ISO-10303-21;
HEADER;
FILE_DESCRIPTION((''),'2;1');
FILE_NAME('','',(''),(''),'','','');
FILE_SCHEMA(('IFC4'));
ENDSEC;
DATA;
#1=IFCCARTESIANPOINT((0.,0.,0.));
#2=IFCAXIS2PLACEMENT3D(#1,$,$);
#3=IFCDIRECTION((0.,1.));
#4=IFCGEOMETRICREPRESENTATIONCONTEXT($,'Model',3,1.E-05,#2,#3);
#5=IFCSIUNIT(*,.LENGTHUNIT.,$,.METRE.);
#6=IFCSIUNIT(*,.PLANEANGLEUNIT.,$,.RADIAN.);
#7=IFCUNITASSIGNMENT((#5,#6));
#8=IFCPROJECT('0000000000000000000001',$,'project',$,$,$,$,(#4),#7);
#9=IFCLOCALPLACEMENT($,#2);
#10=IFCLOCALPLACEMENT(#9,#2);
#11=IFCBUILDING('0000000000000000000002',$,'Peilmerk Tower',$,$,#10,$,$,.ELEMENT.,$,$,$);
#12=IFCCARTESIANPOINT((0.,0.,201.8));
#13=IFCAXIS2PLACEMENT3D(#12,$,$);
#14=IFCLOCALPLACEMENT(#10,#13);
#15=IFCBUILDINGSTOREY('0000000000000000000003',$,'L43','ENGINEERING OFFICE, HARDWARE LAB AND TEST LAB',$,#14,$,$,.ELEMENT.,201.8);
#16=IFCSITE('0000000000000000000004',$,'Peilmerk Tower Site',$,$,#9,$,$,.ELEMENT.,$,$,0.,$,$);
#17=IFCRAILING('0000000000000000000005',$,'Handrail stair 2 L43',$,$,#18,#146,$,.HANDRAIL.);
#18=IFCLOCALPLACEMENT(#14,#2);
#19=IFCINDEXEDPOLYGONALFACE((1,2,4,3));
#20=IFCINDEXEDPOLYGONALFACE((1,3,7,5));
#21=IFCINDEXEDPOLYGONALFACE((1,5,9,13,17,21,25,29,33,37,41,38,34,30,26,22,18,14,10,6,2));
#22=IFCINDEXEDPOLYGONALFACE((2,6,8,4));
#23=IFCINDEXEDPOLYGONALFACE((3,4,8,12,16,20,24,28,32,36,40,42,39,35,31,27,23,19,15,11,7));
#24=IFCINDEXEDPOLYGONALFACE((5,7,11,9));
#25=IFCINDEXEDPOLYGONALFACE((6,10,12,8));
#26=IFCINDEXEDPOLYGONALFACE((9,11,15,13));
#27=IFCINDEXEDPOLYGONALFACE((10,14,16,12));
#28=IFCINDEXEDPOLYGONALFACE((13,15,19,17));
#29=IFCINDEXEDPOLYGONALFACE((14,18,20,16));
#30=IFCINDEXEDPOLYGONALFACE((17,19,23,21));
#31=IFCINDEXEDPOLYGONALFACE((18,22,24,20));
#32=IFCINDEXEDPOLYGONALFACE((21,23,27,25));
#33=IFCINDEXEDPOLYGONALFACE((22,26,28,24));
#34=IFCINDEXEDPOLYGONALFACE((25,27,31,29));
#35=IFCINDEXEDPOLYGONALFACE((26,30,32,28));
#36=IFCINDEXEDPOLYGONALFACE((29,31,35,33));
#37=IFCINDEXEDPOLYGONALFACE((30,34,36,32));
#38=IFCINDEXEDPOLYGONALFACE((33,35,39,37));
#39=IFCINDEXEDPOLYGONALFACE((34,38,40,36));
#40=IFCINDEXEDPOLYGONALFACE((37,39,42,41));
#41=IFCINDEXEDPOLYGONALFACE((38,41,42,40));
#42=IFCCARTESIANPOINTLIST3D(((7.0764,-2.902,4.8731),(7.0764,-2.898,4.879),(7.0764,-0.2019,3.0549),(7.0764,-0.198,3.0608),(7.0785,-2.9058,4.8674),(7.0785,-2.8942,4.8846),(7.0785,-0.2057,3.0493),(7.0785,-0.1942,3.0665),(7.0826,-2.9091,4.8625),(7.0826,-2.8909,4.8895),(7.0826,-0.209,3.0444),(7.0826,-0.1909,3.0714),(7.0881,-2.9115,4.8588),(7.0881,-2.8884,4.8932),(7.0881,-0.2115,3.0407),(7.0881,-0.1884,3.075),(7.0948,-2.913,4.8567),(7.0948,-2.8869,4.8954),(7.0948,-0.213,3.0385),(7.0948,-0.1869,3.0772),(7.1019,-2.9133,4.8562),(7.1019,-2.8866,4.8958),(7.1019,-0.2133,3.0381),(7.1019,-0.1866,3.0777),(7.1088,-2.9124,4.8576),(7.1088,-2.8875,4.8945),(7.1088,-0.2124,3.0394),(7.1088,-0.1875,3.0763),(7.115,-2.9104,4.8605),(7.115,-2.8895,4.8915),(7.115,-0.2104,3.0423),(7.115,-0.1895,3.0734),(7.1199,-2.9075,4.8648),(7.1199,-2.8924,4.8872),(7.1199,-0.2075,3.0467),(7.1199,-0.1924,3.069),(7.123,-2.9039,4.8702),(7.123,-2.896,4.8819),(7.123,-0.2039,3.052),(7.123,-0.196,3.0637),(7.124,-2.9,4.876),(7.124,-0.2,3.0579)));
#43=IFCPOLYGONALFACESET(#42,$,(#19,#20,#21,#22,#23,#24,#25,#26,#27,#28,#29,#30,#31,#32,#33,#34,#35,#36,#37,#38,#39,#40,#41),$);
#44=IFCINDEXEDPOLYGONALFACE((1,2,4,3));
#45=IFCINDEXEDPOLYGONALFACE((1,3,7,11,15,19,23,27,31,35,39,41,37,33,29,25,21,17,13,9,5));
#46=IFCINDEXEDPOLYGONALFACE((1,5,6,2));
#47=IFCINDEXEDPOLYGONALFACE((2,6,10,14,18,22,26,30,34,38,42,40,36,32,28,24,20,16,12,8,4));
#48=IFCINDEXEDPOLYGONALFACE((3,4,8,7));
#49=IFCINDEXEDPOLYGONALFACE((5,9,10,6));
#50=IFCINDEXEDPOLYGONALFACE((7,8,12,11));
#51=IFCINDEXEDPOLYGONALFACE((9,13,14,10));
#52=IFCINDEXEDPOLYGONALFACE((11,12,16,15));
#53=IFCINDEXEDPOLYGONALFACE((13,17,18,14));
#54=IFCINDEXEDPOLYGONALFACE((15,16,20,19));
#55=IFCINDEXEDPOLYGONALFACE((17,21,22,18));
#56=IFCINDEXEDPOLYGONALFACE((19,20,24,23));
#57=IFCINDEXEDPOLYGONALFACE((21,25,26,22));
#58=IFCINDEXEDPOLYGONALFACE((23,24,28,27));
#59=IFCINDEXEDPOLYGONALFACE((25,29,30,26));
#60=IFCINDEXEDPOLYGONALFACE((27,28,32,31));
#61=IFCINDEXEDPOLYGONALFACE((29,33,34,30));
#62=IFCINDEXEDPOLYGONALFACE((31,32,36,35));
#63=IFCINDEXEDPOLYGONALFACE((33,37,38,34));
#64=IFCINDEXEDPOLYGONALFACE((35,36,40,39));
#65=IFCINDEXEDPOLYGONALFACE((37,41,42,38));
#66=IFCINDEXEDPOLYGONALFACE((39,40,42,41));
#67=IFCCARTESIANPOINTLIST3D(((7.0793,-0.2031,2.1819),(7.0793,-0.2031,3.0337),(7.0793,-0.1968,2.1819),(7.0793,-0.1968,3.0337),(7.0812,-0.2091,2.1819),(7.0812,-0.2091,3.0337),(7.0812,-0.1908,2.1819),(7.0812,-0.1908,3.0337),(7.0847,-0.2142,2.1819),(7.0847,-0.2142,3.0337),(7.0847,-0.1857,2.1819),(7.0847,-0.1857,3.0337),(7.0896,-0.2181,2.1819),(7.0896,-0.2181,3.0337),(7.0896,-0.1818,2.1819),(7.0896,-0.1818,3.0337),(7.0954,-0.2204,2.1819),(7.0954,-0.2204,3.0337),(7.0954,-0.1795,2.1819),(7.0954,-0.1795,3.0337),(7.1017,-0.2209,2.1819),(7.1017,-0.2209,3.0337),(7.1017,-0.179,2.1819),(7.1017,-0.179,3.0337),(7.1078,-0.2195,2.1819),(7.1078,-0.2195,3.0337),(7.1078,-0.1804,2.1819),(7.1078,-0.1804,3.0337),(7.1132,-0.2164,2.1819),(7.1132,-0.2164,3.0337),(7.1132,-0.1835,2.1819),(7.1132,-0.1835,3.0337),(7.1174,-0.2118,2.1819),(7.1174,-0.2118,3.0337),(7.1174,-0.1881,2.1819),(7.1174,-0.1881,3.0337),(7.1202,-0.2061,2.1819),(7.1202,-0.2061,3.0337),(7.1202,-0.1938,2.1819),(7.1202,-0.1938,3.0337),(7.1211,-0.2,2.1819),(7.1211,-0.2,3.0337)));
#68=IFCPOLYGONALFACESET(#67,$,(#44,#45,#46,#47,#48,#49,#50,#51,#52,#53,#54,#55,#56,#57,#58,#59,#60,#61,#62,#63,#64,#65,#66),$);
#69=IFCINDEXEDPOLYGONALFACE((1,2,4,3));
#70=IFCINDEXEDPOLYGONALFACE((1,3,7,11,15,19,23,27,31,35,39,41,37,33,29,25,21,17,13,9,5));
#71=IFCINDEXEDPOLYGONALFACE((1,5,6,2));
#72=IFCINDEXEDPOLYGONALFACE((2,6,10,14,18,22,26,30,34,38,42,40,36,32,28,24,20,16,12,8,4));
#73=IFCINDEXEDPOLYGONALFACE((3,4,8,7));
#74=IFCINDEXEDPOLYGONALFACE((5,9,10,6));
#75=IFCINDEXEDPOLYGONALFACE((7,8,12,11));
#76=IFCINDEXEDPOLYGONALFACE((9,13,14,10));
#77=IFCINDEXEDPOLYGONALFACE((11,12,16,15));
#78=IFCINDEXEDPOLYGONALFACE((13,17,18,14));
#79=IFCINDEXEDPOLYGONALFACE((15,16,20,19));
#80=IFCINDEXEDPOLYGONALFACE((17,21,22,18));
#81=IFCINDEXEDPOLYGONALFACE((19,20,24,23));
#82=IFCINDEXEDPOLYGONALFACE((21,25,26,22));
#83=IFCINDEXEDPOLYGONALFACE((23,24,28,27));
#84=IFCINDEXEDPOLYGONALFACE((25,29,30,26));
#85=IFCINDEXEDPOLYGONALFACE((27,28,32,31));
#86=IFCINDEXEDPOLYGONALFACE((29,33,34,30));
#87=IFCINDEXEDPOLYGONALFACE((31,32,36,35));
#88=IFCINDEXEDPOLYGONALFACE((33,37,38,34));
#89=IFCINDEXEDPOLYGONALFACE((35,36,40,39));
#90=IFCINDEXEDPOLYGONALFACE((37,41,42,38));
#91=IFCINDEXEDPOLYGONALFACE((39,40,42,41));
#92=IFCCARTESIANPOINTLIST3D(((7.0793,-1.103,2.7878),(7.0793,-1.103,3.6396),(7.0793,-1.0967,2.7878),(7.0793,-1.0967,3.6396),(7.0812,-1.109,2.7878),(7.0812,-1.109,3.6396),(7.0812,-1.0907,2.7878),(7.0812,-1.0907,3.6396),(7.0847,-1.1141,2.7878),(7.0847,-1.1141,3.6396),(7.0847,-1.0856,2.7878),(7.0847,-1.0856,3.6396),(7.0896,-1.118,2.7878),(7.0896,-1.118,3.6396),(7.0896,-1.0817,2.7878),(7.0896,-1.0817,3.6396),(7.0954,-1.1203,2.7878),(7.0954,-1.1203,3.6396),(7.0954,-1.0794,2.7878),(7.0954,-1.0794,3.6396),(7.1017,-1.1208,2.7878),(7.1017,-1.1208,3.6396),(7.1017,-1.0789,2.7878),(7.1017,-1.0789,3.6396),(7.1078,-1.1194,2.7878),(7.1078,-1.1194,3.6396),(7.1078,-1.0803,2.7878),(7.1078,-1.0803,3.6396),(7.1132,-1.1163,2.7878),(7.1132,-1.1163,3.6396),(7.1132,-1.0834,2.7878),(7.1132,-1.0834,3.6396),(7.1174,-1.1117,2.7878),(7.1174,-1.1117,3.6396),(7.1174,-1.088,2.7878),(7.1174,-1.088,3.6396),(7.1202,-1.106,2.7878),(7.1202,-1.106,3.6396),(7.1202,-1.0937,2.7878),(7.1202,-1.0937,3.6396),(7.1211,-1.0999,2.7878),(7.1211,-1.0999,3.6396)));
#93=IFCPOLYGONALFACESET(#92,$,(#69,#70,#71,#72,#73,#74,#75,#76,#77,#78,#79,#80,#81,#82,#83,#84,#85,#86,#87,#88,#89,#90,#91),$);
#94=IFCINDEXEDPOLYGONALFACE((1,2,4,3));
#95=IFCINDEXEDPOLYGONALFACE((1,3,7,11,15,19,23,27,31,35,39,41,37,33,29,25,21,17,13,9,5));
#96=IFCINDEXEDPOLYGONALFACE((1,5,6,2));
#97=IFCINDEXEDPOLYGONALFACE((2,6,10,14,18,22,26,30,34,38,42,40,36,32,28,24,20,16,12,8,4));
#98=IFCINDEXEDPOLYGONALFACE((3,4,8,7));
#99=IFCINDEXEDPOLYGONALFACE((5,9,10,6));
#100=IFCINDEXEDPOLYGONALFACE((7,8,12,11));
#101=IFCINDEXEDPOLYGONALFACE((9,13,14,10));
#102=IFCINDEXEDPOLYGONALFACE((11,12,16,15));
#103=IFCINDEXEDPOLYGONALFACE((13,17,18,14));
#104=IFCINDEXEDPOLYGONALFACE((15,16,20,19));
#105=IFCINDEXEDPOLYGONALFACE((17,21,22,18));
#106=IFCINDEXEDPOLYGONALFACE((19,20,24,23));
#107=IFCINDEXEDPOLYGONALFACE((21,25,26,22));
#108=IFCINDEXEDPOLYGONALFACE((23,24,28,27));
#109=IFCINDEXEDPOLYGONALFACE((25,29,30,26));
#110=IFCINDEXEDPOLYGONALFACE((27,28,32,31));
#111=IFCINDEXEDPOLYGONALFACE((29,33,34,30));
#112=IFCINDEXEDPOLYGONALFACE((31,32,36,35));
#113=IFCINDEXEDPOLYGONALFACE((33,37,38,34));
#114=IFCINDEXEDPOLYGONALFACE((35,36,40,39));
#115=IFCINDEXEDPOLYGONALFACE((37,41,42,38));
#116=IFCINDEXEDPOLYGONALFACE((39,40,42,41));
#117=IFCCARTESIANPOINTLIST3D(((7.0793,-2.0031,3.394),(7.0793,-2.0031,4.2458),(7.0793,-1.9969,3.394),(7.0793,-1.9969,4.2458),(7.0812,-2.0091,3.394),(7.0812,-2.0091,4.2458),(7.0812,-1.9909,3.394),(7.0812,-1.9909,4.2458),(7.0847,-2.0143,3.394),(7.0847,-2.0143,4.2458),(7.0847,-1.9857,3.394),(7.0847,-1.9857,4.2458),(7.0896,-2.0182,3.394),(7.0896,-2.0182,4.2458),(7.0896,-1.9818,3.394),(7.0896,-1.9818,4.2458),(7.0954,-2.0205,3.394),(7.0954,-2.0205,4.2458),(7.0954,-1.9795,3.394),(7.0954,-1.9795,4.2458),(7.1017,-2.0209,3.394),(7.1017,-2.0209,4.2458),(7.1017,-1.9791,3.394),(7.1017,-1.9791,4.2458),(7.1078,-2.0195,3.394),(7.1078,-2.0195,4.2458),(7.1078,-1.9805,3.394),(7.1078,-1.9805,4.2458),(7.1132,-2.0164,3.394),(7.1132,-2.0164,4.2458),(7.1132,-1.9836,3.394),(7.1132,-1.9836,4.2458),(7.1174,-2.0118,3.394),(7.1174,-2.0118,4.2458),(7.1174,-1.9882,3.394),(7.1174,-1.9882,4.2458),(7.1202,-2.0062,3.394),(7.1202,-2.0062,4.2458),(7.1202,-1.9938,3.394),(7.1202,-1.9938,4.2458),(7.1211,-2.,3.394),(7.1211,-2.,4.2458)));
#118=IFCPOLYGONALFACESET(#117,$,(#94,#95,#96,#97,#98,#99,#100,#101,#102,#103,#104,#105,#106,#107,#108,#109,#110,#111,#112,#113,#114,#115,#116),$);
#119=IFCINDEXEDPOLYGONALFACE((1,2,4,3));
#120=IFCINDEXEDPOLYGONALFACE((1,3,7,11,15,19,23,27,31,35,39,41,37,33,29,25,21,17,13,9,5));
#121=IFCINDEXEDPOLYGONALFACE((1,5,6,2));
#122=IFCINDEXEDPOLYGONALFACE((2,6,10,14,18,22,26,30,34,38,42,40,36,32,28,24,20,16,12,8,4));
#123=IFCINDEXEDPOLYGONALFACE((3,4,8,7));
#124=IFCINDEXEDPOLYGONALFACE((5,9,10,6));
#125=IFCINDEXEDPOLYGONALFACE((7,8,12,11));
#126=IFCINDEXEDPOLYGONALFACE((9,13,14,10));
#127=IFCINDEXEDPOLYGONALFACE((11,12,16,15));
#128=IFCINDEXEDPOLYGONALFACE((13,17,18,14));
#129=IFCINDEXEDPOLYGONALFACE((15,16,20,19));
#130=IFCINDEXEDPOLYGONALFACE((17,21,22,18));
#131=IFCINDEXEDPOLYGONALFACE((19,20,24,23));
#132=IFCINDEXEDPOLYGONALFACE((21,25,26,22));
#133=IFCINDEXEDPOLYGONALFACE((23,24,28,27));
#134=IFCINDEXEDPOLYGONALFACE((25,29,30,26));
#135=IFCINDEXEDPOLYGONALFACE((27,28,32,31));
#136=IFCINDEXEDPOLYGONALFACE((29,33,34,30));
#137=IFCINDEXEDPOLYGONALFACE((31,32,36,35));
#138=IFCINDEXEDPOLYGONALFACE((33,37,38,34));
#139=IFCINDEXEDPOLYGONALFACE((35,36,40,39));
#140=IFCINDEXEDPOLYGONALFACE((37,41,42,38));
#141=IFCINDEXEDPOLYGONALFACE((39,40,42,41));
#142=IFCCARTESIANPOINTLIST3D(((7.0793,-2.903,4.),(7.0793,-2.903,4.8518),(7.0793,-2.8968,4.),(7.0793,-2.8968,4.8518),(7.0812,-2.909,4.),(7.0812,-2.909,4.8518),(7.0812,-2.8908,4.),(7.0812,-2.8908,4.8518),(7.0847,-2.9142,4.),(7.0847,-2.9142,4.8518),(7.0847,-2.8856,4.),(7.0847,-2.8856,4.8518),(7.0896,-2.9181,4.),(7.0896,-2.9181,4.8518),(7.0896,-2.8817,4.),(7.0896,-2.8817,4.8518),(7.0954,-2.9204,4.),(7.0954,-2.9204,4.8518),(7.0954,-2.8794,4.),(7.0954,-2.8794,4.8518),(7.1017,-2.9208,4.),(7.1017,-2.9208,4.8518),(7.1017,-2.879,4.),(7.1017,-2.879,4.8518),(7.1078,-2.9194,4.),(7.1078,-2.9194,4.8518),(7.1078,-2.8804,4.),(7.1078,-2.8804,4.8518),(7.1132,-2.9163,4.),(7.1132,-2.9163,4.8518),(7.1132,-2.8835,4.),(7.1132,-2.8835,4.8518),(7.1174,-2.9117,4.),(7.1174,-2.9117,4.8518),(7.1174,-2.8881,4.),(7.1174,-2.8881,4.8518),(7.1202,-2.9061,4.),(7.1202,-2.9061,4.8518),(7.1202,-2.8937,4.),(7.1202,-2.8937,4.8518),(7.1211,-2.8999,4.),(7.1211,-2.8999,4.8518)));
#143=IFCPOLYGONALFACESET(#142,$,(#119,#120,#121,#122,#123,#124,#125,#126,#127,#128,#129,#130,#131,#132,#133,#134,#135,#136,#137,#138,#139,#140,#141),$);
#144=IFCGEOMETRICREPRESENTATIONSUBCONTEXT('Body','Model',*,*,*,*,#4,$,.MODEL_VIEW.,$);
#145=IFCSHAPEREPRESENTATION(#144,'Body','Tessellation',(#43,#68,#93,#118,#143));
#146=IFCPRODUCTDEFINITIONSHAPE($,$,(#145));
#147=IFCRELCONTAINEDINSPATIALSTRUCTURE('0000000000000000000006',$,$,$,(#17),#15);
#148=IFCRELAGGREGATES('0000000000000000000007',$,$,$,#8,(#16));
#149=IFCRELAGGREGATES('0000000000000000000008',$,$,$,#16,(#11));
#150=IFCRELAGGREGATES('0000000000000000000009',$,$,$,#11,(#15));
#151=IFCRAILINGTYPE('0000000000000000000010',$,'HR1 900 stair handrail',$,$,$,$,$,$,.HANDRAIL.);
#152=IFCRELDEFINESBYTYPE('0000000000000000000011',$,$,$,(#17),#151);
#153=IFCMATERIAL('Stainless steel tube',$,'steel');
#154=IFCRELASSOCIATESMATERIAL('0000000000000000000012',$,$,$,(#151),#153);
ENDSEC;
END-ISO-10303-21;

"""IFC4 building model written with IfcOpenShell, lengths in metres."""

from ifc_helpers import new_model, si_unit, direction, frame, origin, origin_2d, place, context, subcontext, project, spatial, circle, extrude, material, type_object, element, save


model = new_model("IFC4")

# Units and contexts
model_context = context("Model", 3, precision=1e-05, world=origin(), true_north=direction((0.0, 1.0)))
body_context = subcontext(model_context, "Body", "Model", "MODEL_VIEW")
ifc_project = project(units=[si_unit("LENGTHUNIT", "METRE"), si_unit("PLANEANGLEUNIT", "RADIAN")], contexts=[model_context])

# Site, building, storey
site_placement = place(None, origin())
site = spatial("IfcSite", under=ifc_project, at=site_placement, Name="Peilmerk Tower Site", CompositionType="ELEMENT", RefElevation=0.0)
building_placement = place(site_placement, origin())
building = spatial("IfcBuilding", under=site, at=building_placement, Name="Peilmerk Tower", CompositionType="ELEMENT")
storey_placement = place(building_placement, frame((0.0, 0.0, 201.8)))
storey = spatial("IfcBuildingStorey", under=building, at=storey_placement, Name="L43", Description="ENGINEERING OFFICE, HARDWARE LAB AND TEST LAB", CompositionType="ELEMENT", Elevation=201.8)

# Railing
ifc_material_1 = material(Name="Stainless steel tube", Category="steel")
railing_type_1 = type_object("IfcRailingType", Name="HR1 900 stair handrail", PredefinedType="HANDRAIL", material=ifc_material_1)
railing_1_placement = place(storey_placement, frame((7.1001, -0.2, 2.1819)))
element("IfcRailing", 1, at=railing_1_placement, inside=storey, type_object=railing_type_1, Name="Handrail stair 2 L43", PredefinedType="HANDRAIL", context=body_context, shape_type="SweptSolid", body=[
    extrude(circle(Radius=0.0239, at=origin_2d()), frame((0.0, 0.0, 0.876), z_axis=(0.0, -0.829468, 0.558554), x_axis=(1.0, 0.0, 0.0)), (0.0, 0.0, 1.0), 3.2551),
    extrude(circle(Radius=0.021, at=origin_2d()), origin(), (0.0, 0.0, 1.0), 0.8518),
    extrude(circle(Radius=0.021, at=origin_2d()), frame((0.0, -0.8999, 0.606)), (0.0, 0.0, 1.0), 0.8518),
    extrude(circle(Radius=0.021, at=origin_2d()), frame((0.0, -1.8, 1.2122)), (0.0, 0.0, 1.0), 0.8518),
    extrude(circle(Radius=0.021, at=origin_2d()), frame((0.0, -2.7, 1.8181)), (0.0, 0.0, 1.0), 0.8518),
])

save(model, "model.ifc")
